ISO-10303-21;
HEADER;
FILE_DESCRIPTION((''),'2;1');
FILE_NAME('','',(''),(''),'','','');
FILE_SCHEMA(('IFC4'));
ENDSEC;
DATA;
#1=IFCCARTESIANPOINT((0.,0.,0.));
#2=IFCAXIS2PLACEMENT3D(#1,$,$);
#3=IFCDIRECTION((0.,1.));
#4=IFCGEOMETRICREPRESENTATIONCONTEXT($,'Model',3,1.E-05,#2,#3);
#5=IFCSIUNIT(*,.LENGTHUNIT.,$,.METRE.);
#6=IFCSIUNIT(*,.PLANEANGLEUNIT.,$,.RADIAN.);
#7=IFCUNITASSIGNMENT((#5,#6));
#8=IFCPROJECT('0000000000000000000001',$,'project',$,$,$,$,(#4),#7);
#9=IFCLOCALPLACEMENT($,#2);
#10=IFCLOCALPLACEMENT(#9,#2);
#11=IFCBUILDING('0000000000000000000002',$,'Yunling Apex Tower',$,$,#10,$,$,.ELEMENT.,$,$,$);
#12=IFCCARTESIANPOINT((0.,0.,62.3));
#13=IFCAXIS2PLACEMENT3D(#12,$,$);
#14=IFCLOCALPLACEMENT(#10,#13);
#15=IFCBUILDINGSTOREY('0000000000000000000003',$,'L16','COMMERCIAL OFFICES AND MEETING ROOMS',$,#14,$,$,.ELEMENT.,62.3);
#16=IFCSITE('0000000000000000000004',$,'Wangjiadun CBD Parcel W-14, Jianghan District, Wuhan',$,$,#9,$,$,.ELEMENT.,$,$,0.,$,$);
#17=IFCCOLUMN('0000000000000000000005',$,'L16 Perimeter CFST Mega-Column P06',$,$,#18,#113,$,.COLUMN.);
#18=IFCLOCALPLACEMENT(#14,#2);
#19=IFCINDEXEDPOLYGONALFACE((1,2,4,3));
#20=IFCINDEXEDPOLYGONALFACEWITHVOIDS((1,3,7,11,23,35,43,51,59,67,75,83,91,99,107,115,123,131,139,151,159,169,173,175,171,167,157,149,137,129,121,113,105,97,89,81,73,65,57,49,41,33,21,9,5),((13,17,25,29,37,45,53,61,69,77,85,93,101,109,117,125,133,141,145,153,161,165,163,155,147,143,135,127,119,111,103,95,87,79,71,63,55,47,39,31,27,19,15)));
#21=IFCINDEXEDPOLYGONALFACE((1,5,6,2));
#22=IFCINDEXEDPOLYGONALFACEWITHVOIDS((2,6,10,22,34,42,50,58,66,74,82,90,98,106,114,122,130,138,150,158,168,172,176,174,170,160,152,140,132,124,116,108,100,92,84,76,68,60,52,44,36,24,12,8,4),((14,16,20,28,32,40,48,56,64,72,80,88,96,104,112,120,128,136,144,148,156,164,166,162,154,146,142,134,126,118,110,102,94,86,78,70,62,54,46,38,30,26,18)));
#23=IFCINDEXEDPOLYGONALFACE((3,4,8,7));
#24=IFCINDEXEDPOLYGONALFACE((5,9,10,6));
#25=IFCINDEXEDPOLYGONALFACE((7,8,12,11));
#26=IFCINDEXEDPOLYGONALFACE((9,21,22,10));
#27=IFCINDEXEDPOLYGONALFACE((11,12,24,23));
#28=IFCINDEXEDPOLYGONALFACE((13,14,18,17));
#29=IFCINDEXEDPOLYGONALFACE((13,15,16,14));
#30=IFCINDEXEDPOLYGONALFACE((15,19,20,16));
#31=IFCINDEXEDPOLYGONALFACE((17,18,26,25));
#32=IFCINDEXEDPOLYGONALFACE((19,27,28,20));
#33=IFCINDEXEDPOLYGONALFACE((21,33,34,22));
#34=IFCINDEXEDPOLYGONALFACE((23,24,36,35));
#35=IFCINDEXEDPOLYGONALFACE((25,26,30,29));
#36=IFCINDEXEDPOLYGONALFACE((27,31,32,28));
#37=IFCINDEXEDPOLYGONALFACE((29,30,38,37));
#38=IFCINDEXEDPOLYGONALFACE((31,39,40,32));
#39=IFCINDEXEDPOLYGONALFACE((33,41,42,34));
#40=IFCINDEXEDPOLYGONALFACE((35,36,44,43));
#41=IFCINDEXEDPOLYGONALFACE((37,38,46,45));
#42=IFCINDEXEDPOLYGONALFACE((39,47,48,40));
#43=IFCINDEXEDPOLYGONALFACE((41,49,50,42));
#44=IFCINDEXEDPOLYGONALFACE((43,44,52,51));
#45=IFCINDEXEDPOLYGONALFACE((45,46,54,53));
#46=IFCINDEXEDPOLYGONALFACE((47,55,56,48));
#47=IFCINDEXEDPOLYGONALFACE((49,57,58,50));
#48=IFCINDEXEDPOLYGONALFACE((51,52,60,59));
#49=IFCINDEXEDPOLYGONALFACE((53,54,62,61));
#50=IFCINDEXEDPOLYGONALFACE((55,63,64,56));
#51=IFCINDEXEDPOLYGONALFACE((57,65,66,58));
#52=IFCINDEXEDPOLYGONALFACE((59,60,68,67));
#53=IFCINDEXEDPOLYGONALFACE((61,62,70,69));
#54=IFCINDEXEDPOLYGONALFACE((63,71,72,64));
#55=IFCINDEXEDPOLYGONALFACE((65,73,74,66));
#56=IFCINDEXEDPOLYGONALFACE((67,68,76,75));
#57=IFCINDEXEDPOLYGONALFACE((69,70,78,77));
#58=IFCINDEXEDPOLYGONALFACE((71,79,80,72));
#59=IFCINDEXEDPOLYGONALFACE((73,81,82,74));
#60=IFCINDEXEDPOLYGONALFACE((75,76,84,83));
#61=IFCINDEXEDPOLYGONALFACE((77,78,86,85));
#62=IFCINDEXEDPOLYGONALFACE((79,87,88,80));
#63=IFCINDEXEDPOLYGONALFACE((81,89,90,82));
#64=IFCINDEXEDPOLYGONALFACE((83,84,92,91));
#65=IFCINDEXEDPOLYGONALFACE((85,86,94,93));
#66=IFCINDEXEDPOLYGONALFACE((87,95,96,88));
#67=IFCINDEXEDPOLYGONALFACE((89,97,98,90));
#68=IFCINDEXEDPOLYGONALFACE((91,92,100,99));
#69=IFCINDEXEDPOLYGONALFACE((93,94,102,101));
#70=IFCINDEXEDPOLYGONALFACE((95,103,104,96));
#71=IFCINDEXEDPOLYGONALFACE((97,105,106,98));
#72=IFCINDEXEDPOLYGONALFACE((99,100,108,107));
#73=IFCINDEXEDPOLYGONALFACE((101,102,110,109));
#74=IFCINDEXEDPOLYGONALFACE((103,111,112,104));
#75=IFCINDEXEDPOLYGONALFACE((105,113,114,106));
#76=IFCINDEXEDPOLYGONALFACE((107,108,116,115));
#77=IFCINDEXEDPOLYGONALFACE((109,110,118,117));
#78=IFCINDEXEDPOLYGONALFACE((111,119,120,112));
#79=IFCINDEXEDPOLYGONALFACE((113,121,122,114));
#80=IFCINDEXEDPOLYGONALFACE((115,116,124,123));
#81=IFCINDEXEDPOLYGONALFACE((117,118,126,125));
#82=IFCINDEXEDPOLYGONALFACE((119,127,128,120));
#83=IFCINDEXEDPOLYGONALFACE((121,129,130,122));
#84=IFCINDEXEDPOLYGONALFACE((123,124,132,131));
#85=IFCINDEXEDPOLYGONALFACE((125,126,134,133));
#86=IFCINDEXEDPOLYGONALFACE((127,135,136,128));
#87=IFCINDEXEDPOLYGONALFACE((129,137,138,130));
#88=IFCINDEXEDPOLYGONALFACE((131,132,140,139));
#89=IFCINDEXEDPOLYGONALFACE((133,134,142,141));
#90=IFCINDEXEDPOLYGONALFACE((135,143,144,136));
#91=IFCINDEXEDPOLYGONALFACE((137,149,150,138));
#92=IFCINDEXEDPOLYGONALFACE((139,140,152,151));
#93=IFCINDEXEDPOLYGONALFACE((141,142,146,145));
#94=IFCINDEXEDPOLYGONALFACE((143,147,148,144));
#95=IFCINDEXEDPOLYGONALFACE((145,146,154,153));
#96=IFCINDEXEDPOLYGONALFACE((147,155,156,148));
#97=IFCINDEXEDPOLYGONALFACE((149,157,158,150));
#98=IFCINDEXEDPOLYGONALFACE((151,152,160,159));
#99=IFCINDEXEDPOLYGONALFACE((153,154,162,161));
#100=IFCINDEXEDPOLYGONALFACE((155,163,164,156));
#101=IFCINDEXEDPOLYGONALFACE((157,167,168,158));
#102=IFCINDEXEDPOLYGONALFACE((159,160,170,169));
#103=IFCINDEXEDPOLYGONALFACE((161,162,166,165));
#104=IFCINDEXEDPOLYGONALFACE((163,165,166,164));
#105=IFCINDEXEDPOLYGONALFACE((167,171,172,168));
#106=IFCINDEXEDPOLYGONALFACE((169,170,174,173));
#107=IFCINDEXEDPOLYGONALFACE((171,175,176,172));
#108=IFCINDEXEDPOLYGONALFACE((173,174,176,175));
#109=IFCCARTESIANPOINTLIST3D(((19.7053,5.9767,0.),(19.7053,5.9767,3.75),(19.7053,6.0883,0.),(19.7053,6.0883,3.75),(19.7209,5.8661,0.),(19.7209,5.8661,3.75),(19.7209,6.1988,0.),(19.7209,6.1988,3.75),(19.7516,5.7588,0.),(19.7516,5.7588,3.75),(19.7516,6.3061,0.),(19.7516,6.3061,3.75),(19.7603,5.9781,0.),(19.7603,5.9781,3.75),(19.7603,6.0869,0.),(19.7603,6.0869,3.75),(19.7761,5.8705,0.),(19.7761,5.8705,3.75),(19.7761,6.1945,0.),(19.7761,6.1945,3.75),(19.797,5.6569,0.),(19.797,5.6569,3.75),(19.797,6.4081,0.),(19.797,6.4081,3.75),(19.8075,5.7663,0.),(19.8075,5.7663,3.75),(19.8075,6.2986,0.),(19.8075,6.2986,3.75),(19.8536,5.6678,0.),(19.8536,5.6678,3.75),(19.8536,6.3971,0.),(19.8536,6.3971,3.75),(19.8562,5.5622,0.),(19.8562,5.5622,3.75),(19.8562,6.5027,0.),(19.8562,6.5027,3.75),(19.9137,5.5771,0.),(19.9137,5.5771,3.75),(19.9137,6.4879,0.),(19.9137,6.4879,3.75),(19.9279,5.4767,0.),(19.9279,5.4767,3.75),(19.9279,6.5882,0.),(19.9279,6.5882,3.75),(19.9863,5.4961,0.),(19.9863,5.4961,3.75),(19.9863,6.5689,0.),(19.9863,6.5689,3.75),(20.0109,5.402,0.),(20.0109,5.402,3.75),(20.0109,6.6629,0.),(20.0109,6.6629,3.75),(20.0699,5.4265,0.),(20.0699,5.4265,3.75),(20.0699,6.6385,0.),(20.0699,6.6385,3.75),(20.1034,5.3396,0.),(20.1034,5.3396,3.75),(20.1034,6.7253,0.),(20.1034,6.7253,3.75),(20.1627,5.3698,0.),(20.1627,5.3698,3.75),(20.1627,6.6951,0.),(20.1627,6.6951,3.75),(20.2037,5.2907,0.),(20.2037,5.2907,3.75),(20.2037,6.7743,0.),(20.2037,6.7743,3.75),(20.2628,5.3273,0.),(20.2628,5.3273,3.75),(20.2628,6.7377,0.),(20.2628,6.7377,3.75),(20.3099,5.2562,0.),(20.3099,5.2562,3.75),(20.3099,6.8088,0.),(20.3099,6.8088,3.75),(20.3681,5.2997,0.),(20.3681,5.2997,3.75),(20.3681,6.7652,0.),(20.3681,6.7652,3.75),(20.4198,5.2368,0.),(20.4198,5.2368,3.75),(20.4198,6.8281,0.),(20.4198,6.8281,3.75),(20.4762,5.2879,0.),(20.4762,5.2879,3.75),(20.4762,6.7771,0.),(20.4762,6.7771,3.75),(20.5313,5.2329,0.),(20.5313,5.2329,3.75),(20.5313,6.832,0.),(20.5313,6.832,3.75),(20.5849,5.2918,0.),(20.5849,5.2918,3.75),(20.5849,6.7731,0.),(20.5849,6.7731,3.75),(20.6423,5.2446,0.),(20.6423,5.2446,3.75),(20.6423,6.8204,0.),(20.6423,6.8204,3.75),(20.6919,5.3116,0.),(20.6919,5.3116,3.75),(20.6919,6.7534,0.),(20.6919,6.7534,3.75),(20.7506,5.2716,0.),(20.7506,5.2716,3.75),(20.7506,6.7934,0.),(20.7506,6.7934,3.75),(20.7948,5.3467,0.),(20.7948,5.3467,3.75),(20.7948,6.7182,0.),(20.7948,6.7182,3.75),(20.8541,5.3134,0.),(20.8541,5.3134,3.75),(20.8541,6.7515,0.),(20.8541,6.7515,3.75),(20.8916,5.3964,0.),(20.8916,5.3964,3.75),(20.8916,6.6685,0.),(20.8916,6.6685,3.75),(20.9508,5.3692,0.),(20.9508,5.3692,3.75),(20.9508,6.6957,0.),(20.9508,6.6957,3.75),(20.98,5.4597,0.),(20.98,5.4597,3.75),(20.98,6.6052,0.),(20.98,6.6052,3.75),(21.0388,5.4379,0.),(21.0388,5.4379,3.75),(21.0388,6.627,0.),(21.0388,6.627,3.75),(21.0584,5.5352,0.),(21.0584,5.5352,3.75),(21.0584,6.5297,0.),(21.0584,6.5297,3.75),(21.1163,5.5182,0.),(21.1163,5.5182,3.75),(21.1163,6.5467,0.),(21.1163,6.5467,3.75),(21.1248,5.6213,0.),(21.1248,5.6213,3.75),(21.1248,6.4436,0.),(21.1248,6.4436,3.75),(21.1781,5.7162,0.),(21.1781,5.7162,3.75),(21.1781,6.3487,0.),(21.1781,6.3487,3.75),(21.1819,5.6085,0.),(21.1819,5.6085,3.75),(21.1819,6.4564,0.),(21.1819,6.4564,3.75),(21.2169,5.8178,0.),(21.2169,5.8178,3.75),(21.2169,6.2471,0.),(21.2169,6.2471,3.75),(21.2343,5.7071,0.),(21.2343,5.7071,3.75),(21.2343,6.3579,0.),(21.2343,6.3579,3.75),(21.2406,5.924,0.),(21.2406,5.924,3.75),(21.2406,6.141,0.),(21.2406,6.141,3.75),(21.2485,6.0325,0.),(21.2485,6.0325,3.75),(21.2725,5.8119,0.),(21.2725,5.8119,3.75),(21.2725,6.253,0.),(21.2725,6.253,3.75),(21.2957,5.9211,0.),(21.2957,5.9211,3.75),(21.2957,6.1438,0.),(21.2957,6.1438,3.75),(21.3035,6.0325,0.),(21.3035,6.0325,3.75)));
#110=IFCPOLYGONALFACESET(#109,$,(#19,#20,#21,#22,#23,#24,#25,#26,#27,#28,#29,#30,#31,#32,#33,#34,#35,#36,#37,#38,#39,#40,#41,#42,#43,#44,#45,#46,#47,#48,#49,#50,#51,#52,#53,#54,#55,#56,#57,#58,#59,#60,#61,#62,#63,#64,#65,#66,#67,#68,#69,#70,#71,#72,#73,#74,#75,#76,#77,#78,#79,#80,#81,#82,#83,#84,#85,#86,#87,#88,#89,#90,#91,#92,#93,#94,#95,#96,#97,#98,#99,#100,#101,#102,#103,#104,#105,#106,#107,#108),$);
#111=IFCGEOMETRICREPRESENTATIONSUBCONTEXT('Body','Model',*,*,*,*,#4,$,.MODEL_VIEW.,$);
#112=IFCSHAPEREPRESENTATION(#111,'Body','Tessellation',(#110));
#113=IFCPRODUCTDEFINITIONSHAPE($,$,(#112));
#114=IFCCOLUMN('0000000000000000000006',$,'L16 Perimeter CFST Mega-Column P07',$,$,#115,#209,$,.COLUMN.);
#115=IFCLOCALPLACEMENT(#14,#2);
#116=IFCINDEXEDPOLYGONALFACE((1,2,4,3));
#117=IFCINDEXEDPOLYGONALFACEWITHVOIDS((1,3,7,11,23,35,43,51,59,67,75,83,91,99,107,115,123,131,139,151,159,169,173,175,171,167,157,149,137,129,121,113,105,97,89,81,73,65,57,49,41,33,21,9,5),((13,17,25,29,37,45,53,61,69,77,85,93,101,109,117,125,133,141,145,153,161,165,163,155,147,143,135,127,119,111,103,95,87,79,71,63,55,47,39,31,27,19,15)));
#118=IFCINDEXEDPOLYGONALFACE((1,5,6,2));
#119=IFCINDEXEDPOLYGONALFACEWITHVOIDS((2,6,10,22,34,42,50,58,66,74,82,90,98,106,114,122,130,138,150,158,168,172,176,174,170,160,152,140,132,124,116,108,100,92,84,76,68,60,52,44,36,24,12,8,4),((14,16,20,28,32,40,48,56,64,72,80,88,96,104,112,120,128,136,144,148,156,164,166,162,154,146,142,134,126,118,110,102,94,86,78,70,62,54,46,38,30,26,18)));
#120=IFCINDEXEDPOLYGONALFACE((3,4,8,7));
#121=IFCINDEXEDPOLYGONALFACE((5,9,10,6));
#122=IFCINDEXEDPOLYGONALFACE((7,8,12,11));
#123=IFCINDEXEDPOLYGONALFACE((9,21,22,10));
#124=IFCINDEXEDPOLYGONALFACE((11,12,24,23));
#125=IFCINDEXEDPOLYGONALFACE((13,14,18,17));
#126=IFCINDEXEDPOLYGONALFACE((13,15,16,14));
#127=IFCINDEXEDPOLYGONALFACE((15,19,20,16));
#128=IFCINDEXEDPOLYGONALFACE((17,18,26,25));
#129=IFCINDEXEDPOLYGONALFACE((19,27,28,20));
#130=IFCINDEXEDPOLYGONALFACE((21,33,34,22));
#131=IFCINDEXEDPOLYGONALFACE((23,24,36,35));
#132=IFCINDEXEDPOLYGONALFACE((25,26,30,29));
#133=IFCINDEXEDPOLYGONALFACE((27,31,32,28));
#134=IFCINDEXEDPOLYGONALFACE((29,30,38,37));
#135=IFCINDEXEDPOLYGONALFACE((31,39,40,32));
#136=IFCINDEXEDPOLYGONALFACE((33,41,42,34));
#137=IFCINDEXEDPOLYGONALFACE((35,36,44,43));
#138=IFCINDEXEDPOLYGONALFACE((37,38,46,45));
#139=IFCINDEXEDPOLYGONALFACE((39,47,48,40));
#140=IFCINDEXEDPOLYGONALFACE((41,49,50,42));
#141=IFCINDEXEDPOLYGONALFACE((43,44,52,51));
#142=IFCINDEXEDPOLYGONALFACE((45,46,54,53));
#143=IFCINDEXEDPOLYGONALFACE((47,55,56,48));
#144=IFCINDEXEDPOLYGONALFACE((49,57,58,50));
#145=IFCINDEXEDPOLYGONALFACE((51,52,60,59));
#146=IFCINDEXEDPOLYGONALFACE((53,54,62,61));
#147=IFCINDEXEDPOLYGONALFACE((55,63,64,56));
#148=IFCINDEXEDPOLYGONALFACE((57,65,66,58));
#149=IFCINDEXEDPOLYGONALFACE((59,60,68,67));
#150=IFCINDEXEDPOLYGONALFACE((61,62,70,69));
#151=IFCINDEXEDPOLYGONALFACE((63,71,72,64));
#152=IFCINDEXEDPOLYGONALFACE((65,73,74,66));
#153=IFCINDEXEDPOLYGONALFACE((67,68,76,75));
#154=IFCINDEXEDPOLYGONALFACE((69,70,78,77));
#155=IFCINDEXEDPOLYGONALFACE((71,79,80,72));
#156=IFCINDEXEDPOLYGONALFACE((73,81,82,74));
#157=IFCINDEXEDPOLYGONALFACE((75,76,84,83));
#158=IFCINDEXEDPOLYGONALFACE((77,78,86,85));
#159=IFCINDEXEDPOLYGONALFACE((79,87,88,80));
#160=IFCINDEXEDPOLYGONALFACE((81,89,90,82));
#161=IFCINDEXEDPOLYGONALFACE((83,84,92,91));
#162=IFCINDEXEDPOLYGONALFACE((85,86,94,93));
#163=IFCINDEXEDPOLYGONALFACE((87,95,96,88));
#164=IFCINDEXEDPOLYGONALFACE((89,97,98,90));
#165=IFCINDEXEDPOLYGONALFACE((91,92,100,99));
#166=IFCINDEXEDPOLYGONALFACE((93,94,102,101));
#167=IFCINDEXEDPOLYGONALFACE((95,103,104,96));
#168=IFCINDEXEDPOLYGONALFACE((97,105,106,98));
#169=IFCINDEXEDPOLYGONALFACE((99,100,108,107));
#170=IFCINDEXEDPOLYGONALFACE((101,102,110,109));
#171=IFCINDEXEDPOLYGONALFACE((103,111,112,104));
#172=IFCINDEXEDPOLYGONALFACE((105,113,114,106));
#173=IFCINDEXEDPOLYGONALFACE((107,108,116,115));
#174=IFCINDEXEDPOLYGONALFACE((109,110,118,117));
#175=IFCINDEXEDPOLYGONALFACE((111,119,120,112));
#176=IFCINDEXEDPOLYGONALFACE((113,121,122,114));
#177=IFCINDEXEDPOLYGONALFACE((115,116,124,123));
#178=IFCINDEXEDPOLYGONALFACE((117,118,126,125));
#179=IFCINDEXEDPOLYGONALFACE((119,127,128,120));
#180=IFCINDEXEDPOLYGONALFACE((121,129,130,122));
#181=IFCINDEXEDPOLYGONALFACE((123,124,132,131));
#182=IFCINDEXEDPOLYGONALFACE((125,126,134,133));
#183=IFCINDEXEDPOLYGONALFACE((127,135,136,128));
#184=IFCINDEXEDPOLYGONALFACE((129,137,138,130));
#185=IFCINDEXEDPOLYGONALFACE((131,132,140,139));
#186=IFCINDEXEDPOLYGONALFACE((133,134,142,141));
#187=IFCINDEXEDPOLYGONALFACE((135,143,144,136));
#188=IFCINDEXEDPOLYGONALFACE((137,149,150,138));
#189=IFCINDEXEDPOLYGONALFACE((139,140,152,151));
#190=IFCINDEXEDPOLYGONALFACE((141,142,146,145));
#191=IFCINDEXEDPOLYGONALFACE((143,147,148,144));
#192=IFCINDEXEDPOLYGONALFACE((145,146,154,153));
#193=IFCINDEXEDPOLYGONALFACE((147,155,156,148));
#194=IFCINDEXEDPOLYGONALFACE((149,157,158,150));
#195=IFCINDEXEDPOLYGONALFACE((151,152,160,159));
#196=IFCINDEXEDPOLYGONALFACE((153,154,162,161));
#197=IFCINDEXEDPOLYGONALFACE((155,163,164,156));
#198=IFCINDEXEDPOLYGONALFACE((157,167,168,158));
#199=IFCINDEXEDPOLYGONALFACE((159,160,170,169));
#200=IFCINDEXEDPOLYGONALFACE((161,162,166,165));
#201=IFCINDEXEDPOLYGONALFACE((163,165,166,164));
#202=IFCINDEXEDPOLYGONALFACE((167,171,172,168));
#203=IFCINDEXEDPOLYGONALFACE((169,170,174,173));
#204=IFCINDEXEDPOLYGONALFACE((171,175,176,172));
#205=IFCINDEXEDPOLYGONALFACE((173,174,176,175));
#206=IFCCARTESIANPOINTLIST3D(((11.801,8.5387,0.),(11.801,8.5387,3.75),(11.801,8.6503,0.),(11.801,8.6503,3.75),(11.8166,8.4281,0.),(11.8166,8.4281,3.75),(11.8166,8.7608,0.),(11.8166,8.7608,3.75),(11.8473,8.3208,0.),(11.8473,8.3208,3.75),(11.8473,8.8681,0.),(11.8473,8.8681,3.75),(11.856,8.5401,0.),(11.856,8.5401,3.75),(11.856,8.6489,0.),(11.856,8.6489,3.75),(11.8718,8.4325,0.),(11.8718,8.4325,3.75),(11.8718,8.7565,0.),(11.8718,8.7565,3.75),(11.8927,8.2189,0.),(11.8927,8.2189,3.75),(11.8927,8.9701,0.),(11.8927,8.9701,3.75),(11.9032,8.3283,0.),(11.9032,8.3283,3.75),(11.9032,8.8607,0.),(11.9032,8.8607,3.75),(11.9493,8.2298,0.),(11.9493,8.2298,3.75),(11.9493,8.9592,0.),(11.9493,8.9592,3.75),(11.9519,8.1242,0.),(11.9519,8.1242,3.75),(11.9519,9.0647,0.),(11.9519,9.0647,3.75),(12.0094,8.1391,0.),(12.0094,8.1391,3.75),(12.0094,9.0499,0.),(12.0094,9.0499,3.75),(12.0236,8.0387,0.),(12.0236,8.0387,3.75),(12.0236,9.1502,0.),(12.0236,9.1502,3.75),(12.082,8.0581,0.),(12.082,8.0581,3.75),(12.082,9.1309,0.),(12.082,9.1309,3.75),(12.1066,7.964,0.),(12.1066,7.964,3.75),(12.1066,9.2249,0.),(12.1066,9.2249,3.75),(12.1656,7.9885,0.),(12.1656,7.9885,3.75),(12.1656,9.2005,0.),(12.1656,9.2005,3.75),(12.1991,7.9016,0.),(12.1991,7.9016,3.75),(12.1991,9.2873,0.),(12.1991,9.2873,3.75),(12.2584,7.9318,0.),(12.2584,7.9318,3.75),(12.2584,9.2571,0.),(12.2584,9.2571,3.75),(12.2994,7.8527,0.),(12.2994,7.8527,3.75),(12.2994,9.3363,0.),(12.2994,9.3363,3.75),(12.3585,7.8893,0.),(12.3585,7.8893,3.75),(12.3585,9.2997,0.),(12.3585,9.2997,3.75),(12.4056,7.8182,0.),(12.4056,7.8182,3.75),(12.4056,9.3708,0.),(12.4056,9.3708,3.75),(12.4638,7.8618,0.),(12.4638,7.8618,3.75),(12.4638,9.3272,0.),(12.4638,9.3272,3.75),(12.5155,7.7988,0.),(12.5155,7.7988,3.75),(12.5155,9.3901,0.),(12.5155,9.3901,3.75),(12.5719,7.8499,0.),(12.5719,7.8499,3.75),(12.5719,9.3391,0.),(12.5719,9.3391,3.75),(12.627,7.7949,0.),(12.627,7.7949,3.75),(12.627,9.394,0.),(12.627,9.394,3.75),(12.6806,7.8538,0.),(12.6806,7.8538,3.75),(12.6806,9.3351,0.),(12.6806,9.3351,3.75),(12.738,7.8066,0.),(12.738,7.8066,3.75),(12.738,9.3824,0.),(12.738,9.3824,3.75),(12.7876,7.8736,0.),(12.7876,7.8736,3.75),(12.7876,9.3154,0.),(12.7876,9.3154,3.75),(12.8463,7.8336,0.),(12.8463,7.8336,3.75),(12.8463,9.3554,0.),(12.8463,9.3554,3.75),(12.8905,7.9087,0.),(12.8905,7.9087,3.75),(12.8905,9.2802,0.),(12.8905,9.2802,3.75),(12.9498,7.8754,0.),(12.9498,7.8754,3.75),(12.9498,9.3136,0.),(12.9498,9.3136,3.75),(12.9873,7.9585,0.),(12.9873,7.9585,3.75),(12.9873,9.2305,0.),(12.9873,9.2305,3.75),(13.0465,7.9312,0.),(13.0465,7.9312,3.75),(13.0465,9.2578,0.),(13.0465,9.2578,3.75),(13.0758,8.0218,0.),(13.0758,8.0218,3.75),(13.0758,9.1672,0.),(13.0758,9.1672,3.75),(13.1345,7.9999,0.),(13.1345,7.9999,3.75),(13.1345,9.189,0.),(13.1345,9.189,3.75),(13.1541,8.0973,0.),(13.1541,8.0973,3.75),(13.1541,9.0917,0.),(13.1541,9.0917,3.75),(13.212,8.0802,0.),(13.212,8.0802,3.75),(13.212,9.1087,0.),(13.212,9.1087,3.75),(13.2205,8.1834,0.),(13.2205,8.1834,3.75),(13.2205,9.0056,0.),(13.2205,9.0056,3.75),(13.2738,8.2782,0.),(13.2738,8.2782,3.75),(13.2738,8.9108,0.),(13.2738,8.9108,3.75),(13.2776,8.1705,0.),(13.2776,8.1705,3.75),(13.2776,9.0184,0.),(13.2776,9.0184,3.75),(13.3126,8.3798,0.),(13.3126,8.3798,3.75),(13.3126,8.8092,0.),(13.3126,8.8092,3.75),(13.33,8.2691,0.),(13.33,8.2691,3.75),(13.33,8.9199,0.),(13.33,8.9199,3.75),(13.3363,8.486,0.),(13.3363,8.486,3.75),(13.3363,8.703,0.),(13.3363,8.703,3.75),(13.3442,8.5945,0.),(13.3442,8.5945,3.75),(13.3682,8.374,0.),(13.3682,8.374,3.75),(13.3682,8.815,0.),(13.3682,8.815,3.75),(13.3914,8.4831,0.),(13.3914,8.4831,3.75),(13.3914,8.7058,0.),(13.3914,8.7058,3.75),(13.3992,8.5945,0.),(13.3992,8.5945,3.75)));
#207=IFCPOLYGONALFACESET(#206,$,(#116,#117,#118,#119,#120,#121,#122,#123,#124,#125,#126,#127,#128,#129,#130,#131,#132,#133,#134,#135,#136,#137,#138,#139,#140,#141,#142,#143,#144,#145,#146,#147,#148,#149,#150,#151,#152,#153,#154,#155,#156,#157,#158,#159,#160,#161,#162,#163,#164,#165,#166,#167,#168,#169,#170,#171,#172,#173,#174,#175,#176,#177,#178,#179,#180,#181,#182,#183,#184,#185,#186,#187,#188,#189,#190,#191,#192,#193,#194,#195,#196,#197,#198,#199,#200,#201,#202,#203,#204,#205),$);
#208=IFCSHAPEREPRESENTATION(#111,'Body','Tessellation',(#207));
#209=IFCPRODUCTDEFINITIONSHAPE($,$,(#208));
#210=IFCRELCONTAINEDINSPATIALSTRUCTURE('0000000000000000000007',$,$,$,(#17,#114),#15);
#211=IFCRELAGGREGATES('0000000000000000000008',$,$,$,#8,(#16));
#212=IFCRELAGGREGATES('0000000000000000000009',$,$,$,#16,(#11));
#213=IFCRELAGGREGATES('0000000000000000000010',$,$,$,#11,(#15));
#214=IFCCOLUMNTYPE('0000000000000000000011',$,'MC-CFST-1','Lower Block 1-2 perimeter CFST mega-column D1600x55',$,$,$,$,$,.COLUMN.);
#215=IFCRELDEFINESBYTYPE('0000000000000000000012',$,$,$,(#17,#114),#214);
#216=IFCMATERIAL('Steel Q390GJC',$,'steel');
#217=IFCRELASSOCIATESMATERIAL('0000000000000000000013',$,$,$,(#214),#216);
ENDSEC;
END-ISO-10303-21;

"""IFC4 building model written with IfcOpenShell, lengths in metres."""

from ifc_helpers import new_model, si_unit, direction, frame, origin, origin_2d, place, context, subcontext, project, spatial, hollow_circle, extrude, source, transform, mapped, material, material_profile, profile_set, type_object, element, save


model = new_model("IFC4")

# Units and contexts
model_context = context("Model", 3, precision=1e-05, world=origin(), true_north=direction((0.0, 1.0)))
body_context = subcontext(model_context, "Body", "Model", "MODEL_VIEW")
ifc_project = project(units=[si_unit("LENGTHUNIT", "METRE"), si_unit("PLANEANGLEUNIT", "RADIAN")], contexts=[model_context])

# Site, building, storey
site_placement = place(None, origin())
site = spatial("IfcSite", under=ifc_project, at=site_placement, Name="Wangjiadun CBD Parcel W-14, Jianghan District, Wuhan", CompositionType="ELEMENT", RefElevation=0.0)
building_placement = place(site_placement, origin())
building = spatial("IfcBuilding", under=site, at=building_placement, Name="Yunling Apex Tower", CompositionType="ELEMENT")
storey_placement = place(building_placement, frame((0.0, 0.0, 62.3)))
storey = spatial("IfcBuildingStorey", under=building, at=storey_placement, Name="L16", Description="COMMERCIAL OFFICES AND MEETING ROOMS", CompositionType="ELEMENT", Elevation=62.3)

# Columns
ifc_material_1 = material(Name="Steel Q390GJC", Category="steel")
ifc_material_profile_1 = material_profile(ifc_material_1, hollow_circle(Radius=0.8, WallThickness=0.0549, at=origin_2d()))
ifc_profile_set_1 = profile_set([ifc_material_profile_1], Name="Steel Q390GJC")
column_type_1 = type_object("IfcColumnType", Name="MC-CFST-1", Description="Lower Block 1-2 perimeter CFST mega-column D1600x55", PredefinedType="COLUMN", material=ifc_profile_set_1)
shared_shape_1 = source(origin(), body_context, "Body", "SweptSolid", [
    extrude(hollow_circle(Radius=0.8, WallThickness=0.0549, at=origin_2d()), origin(), (0.0, 0.0, 1.0), 3.75),
])
for number, where, z_axis, x_axis, name in (
    (1, (20.5034, 6.0325, 0.0), (0.0, 0.0, 1.0), (1.0, 0.0, 0.0), "L16 Perimeter CFST Mega-Column P06"),
    (2, (12.5991, 8.5945, 0.0), (0.0, 0.0, 1.0), (1.0, 0.0, 0.0), "L16 Perimeter CFST Mega-Column P07"),
):
    element("IfcColumn", number, at=place(storey_placement, frame(where, z_axis=z_axis, x_axis=x_axis)), inside=storey, type_object=column_type_1, Name=name, PredefinedType="COLUMN", context=body_context, shape_type="MappedRepresentation", body=[
        mapped(shared_shape_1, transform((0.0, 0.0, 0.0), scale=1.0)),
    ])

save(model, "model.ifc")
